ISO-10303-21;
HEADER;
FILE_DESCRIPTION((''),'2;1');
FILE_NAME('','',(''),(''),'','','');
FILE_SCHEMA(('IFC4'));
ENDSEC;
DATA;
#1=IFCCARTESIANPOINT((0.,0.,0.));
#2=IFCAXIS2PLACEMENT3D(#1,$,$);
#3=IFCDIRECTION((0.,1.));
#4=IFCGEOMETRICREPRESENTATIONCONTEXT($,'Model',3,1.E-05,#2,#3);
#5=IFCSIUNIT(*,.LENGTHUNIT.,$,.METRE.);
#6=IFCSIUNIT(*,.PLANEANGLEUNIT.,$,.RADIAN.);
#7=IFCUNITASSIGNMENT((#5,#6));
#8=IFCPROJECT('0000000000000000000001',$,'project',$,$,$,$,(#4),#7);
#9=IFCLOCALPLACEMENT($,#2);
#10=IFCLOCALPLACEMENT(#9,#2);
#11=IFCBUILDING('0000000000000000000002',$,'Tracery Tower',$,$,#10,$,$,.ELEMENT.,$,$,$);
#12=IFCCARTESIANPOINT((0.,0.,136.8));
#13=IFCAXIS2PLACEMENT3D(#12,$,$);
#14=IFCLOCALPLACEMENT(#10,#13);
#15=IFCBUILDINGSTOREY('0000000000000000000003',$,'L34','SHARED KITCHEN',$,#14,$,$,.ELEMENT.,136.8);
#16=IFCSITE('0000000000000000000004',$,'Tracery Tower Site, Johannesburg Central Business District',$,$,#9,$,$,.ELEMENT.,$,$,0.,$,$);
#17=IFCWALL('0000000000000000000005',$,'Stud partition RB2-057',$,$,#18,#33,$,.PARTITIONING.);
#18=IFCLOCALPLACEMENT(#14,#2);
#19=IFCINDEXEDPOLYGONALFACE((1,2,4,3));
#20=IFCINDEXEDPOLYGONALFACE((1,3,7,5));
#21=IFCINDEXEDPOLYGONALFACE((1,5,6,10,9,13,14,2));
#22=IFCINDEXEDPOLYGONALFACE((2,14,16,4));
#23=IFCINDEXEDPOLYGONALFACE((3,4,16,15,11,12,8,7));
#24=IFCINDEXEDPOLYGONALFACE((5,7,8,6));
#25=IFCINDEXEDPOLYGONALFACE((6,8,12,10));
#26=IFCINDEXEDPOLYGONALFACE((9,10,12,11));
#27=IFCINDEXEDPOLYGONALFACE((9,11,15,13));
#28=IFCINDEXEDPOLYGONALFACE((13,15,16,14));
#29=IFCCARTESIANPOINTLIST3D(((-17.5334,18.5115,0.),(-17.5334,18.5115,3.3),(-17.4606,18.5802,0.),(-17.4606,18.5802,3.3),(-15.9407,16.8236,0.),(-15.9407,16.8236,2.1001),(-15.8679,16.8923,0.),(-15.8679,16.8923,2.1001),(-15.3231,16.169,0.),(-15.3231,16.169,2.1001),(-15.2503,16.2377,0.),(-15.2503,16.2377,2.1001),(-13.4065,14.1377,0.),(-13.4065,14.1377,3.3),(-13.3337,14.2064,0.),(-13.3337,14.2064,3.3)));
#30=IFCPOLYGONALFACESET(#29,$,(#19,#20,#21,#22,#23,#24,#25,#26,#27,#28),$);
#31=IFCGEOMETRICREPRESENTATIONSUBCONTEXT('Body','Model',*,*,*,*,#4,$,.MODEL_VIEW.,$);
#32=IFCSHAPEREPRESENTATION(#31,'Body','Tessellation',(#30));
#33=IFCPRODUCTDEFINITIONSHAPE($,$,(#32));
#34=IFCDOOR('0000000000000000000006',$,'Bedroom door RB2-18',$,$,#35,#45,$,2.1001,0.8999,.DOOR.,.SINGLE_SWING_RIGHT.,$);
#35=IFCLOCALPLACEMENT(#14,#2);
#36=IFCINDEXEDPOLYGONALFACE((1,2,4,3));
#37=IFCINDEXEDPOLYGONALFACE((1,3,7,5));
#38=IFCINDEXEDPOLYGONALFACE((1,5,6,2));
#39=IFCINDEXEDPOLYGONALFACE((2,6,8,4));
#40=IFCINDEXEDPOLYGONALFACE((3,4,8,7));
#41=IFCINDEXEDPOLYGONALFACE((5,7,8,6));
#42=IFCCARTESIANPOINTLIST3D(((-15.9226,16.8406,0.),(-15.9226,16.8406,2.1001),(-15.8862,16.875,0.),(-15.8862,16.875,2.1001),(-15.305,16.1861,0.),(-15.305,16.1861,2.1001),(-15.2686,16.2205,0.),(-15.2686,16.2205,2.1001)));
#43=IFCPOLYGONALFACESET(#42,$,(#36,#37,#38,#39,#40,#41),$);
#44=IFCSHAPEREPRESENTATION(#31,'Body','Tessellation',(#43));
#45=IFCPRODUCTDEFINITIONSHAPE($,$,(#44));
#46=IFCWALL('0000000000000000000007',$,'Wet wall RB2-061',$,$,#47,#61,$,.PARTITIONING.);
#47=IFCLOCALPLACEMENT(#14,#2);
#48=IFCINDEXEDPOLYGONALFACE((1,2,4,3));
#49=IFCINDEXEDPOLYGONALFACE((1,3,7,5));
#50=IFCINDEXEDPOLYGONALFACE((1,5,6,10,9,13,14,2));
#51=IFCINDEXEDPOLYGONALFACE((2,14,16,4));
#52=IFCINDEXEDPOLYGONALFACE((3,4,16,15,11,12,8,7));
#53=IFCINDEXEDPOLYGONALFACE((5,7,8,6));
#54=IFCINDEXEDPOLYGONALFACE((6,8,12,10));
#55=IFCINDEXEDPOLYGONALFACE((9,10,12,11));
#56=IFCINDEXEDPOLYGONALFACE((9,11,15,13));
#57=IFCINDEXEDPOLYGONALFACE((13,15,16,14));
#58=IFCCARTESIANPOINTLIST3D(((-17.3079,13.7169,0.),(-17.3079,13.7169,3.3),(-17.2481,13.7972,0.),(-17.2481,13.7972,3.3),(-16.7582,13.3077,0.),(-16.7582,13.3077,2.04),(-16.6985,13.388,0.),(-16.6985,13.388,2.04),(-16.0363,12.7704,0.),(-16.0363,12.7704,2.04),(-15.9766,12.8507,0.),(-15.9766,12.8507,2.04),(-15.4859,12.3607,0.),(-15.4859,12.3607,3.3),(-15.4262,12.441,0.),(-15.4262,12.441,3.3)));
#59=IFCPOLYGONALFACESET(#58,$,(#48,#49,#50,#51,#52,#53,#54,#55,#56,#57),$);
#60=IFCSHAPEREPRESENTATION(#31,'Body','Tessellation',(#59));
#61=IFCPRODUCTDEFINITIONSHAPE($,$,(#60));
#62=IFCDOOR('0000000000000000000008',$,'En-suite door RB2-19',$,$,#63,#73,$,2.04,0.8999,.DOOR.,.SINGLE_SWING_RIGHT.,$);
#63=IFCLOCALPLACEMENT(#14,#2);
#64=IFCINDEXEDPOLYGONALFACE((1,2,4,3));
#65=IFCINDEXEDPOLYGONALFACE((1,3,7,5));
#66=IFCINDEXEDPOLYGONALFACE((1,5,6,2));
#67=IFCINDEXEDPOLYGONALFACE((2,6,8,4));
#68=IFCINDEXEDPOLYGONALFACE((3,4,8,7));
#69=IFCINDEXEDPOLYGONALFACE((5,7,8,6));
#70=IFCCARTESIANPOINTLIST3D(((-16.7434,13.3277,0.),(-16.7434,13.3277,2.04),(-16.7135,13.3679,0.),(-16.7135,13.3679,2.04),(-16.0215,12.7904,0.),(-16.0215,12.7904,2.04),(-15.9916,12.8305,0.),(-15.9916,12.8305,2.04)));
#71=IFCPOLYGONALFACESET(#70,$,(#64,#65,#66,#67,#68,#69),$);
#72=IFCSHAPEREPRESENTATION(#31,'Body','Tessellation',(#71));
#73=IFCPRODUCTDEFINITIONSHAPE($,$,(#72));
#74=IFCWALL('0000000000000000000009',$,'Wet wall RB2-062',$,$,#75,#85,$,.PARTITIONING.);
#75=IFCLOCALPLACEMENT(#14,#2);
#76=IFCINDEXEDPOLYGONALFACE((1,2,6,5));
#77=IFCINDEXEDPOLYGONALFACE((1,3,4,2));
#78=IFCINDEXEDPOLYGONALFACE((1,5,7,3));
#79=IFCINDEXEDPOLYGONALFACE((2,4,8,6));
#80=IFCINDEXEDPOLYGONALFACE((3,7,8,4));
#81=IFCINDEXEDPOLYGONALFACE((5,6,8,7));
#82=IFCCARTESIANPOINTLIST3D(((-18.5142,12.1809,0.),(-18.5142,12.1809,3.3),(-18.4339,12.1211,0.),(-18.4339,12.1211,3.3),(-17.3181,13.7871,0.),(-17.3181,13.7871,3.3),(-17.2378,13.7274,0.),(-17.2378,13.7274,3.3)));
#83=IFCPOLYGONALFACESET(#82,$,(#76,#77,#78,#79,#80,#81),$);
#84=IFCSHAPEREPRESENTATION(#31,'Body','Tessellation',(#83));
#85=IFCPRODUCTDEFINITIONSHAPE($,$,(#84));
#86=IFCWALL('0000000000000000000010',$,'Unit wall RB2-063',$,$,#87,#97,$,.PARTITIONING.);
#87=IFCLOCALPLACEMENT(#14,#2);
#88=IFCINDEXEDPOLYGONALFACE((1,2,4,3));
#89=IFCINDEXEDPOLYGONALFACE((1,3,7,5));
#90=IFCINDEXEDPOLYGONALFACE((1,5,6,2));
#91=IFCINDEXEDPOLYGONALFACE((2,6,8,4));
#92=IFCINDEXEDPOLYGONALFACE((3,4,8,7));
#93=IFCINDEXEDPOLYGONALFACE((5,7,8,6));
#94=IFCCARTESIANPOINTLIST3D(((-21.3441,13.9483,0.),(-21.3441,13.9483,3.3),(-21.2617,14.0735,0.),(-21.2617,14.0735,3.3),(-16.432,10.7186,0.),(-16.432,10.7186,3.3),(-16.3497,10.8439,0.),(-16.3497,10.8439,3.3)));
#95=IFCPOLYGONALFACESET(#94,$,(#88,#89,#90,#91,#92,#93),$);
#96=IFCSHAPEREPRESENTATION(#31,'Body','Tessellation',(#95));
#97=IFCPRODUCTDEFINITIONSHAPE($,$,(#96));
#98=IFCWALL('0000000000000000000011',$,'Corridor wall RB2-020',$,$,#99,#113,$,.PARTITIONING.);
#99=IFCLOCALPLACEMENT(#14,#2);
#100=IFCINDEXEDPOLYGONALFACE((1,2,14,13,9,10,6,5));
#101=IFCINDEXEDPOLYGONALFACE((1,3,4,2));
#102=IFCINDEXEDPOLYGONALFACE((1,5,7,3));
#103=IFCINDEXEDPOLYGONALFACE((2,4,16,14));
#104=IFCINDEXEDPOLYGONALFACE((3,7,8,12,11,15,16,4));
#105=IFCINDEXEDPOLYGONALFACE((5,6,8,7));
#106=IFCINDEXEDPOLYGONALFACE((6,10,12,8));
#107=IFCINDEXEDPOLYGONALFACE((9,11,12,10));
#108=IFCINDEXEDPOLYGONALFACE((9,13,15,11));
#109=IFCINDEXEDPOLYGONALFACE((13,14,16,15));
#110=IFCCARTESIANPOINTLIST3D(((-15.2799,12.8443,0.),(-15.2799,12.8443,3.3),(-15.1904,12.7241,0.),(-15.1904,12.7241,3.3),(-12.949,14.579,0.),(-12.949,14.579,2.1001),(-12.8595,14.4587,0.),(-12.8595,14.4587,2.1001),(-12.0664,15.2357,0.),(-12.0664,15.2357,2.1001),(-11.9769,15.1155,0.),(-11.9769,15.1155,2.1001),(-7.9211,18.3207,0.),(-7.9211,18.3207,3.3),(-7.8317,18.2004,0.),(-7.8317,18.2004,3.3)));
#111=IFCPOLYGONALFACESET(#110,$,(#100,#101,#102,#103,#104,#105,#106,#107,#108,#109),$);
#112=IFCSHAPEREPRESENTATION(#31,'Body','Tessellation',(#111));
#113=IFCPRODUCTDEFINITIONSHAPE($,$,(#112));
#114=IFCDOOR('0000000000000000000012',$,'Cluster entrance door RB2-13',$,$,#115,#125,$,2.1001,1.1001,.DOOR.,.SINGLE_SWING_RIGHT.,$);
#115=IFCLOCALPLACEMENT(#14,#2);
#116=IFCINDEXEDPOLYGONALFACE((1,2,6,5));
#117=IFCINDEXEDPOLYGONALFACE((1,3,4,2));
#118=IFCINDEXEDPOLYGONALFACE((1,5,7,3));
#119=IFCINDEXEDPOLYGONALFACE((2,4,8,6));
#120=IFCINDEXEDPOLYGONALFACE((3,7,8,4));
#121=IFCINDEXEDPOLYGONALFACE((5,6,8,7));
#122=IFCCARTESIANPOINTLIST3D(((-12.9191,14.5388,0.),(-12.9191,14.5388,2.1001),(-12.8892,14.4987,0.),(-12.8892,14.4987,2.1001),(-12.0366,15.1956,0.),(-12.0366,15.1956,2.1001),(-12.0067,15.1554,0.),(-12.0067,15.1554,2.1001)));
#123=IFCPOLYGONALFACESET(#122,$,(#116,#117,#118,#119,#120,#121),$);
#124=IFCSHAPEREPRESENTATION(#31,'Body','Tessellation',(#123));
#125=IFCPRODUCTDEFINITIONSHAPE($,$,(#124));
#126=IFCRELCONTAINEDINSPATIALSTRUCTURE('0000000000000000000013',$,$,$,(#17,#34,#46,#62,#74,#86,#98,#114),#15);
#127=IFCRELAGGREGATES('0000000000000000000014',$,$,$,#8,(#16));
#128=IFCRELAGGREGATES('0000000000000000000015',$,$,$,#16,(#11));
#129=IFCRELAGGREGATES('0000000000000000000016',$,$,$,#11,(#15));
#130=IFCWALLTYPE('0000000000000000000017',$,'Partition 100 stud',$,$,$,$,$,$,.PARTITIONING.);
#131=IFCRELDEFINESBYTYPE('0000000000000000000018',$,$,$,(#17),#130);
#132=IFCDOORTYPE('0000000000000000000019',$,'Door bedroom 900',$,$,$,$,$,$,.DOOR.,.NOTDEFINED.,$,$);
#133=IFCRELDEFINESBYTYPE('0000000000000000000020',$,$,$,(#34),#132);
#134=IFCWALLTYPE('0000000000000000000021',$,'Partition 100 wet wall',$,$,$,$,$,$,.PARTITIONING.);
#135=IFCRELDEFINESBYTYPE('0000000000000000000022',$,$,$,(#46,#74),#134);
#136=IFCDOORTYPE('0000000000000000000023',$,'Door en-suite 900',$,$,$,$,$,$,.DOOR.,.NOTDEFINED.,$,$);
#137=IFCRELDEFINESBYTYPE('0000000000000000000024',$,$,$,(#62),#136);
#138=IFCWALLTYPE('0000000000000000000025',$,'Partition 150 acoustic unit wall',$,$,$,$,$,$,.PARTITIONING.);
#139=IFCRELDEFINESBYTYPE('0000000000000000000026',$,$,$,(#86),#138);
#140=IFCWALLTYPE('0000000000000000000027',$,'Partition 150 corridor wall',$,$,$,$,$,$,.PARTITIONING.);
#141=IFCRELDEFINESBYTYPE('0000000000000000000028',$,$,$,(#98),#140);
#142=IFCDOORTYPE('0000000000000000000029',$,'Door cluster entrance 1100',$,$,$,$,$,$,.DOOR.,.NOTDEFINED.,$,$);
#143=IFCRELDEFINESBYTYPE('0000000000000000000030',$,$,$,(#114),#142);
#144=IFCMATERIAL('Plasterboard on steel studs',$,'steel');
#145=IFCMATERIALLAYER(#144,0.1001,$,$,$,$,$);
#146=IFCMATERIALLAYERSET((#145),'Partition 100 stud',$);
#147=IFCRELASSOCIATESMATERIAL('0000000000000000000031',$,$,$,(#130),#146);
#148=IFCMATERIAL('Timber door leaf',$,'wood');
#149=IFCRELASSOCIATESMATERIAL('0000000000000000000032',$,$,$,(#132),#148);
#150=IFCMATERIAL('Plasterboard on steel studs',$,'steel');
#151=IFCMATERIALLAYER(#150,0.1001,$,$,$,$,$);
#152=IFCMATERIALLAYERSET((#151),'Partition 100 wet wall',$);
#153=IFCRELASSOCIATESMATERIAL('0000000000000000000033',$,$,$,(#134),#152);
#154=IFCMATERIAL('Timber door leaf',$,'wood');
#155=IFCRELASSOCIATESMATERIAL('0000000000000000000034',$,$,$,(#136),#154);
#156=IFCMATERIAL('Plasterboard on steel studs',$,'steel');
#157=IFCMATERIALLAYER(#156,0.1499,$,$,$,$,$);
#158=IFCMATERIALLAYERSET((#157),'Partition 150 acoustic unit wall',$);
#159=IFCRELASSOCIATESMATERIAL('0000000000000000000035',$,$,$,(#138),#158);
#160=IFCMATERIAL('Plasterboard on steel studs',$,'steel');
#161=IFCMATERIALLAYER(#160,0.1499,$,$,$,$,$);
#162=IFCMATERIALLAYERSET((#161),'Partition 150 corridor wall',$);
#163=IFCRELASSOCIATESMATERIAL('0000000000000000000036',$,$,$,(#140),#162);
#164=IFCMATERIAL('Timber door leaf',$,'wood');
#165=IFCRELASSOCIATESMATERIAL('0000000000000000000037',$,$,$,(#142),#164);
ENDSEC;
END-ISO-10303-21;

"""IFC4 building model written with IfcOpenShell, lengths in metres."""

from ifc_helpers import new_model, si_unit, direction, frame, frame_2d, origin, place, context, subcontext, project, spatial, rectangle, extrude, material, layer, layer_set, type_object, element, fill, save


model = new_model("IFC4")

# Units and contexts
model_context = context("Model", 3, precision=1e-05, world=origin(), true_north=direction((0.0, 1.0)))
body_context = subcontext(model_context, "Body", "Model", "MODEL_VIEW")
ifc_project = project(units=[si_unit("LENGTHUNIT", "METRE"), si_unit("PLANEANGLEUNIT", "RADIAN")], contexts=[model_context])

# Site, building, storey
site_placement = place(None, origin())
site = spatial("IfcSite", under=ifc_project, at=site_placement, Name="Tracery Tower Site, Johannesburg Central Business District", CompositionType="ELEMENT", RefElevation=0.0)
building_placement = place(site_placement, origin())
building = spatial("IfcBuilding", under=site, at=building_placement, Name="Tracery Tower", CompositionType="ELEMENT")
storey_placement = place(building_placement, frame((0.0, 0.0, 136.8)))
storey = spatial("IfcBuildingStorey", under=building, at=storey_placement, Name="L34", Description="SHARED KITCHEN", CompositionType="ELEMENT", Elevation=136.8)

# Walls, openings, doors
ifc_material_1 = material(Name="Plasterboard on steel studs", Category="steel")
ifc_layer_1 = layer(ifc_material_1, 0.1001)
ifc_layer_set_1 = layer_set([ifc_layer_1], Name="Partition 100 stud")
wall_type_1 = type_object("IfcWallType", Name="Partition 100 stud", PredefinedType="PARTITIONING", material=ifc_layer_set_1)
wall_1_placement = place(storey_placement, frame((-17.4971, 18.5459, 0.0), z_axis=(0.0, 0.0, 1.0), x_axis=(0.686286, -0.727332, 0.0)))
wall_1 = element("IfcWall", 1, at=wall_1_placement, inside=storey, type_object=wall_type_1, Name="Stud partition RB2-057", PredefinedType="PARTITIONING", context=body_context, shape_type="SweptSolid", body=[
    extrude(rectangle(XDim=6.0134, YDim=0.1001, at=frame_2d((3.0068, 0.0))), origin(), (0.0, 0.0, 1.0), 3.3),
])
opening_1_placement = place(wall_1_placement, frame((2.3208, 0.0, 0.0)))
opening_1 = element("IfcOpeningElement", 2, at=opening_1_placement, cuts=wall_1, PredefinedType="OPENING", context=body_context, shape_type="SweptSolid", body=[
    extrude(rectangle(XDim=0.8999, YDim=2.1001, at=frame_2d((0.45, 1.05))), frame((0.0, 0.05, 0.0), z_axis=(0.0, -1.0, 0.0), x_axis=(1.0, 0.0, 0.0)), (0.0, 0.0, 1.0), 0.1001),
])
ifc_material_2 = material(Name="Timber door leaf", Category="wood")
door_type_1 = type_object("IfcDoorType", Name="Door bedroom 900", OperationType="NOTDEFINED", PredefinedType="DOOR", material=ifc_material_2)
door_1_placement = place(opening_1_placement, origin())
door_1 = element("IfcDoor", 3, at=door_1_placement, inside=storey, type_object=door_type_1, Name="Bedroom door RB2-18", OperationType="SINGLE_SWING_RIGHT", OverallHeight=2.1001, OverallWidth=0.8999, PredefinedType="DOOR", context=body_context, shape_type="SweptSolid", body=[
    extrude(rectangle(XDim=0.8999, YDim=2.1001, at=frame_2d((0.45, 1.05))), frame((0.0, 0.0249, 0.0), z_axis=(0.0, -1.0, 0.0), x_axis=(1.0, 0.0, 0.0)), (0.0, 0.0, 1.0), 0.05),
])
fill(opening_1, door_1)
ifc_material_3 = material(Name="Plasterboard on steel studs", Category="steel")
ifc_layer_2 = layer(ifc_material_3, 0.1001)
ifc_layer_set_2 = layer_set([ifc_layer_2], Name="Partition 100 wet wall")
wall_type_2 = type_object("IfcWallType", Name="Partition 100 wet wall", PredefinedType="PARTITIONING", material=ifc_layer_set_2)
wall_2_placement = place(storey_placement, frame((-17.2781, 13.7571, 0.0), z_axis=(0.0, 0.0, 1.0), x_axis=(0.802175, -0.59709, 0.0)))
wall_2 = element("IfcWall", 4, at=wall_2_placement, inside=storey, type_object=wall_type_2, Name="Wet wall RB2-061", PredefinedType="PARTITIONING", context=body_context, shape_type="SweptSolid", body=[
    extrude(rectangle(XDim=2.2712, YDim=0.1001, at=frame_2d((1.1357, 0.0))), origin(), (0.0, 0.0, 1.0), 3.3),
])
opening_2_placement = place(wall_2_placement, frame((0.6853, 0.0, 0.0)))
opening_2 = element("IfcOpeningElement", 5, at=opening_2_placement, cuts=wall_2, PredefinedType="OPENING", context=body_context, shape_type="SweptSolid", body=[
    extrude(rectangle(XDim=0.8999, YDim=2.04, at=frame_2d((0.45, 1.02))), frame((0.0, 0.05, 0.0), z_axis=(0.0, -1.0, 0.0), x_axis=(1.0, 0.0, 0.0)), (0.0, 0.0, 1.0), 0.1001),
])
ifc_material_4 = material(Name="Timber door leaf", Category="wood")
door_type_2 = type_object("IfcDoorType", Name="Door en-suite 900", OperationType="NOTDEFINED", PredefinedType="DOOR", material=ifc_material_4)
door_2_placement = place(opening_2_placement, origin())
door_2 = element("IfcDoor", 6, at=door_2_placement, inside=storey, type_object=door_type_2, Name="En-suite door RB2-19", OperationType="SINGLE_SWING_RIGHT", OverallHeight=2.04, OverallWidth=0.8999, PredefinedType="DOOR", context=body_context, shape_type="SweptSolid", body=[
    extrude(rectangle(XDim=0.8999, YDim=2.04, at=frame_2d((0.45, 1.02))), frame((0.0, 0.0249, 0.0), z_axis=(0.0, -1.0, 0.0), x_axis=(1.0, 0.0, 0.0)), (0.0, 0.0, 1.0), 0.05),
])
fill(opening_2, door_2)

# Walls
wall_3_placement = place(storey_placement, frame((-18.4741, 12.1509, 0.0), z_axis=(0.0, 0.0, 1.0), x_axis=(0.597246, 0.802058, 0.0)))
element("IfcWall", 7, at=wall_3_placement, inside=storey, type_object=wall_type_2, Name="Wet wall RB2-062", PredefinedType="PARTITIONING", context=body_context, shape_type="SweptSolid", body=[
    extrude(rectangle(XDim=2.0027, YDim=0.1001, at=frame_2d((1.0015, 0.0))), origin(), (0.0, 0.0, 1.0), 3.3),
])
ifc_material_5 = material(Name="Plasterboard on steel studs", Category="steel")
ifc_layer_3 = layer(ifc_material_5, 0.1499)
ifc_layer_set_3 = layer_set([ifc_layer_3], Name="Partition 150 acoustic unit wall")
wall_type_3 = type_object("IfcWallType", Name="Partition 150 acoustic unit wall", PredefinedType="PARTITIONING", material=ifc_layer_set_3)
wall_4_placement = place(storey_placement, frame((-21.303, 14.011, 0.0), z_axis=(0.0, 0.0, 1.0), x_axis=(0.835567, -0.549389, 0.0)))
element("IfcWall", 8, at=wall_4_placement, inside=storey, type_object=wall_type_3, Name="Unit wall RB2-063", PredefinedType="PARTITIONING", context=body_context, shape_type="SweptSolid", body=[
    extrude(rectangle(XDim=5.8787, YDim=0.1499, at=frame_2d((2.9395, 0.0))), origin(), (0.0, 0.0, 1.0), 3.3),
])

# Wall, opening, door
ifc_material_6 = material(Name="Plasterboard on steel studs", Category="steel")
ifc_layer_4 = layer(ifc_material_6, 0.1499)
ifc_layer_set_4 = layer_set([ifc_layer_4], Name="Partition 150 corridor wall")
wall_type_4 = type_object("IfcWallType", Name="Partition 150 corridor wall", PredefinedType="PARTITIONING", material=ifc_layer_set_4)
wall_5_placement = place(storey_placement, frame((-15.2351, 12.7842, 0.0), z_axis=(0.0, 0.0, 1.0), x_axis=(0.802227, 0.597019, 0.0)))
wall_5 = element("IfcWall", 9, at=wall_5_placement, inside=storey, type_object=wall_type_4, Name="Corridor wall RB2-020", PredefinedType="PARTITIONING", context=body_context, shape_type="SweptSolid", body=[
    extrude(rectangle(XDim=9.1729, YDim=0.1499, at=frame_2d((4.5864, 0.0))), origin(), (0.0, 0.0, 1.0), 3.3),
])
opening_3_placement = place(wall_5_placement, frame((2.9055, 0.0, 0.0)))
opening_3 = element("IfcOpeningElement", 10, at=opening_3_placement, cuts=wall_5, PredefinedType="OPENING", context=body_context, shape_type="SweptSolid", body=[
    extrude(rectangle(XDim=1.1001, YDim=2.1001, at=frame_2d((0.55, 1.05))), frame((0.0, 0.075, 0.0), z_axis=(0.0, -1.0, 0.0), x_axis=(1.0, 0.0, 0.0)), (0.0, 0.0, 1.0), 0.1499),
])
ifc_material_7 = material(Name="Timber door leaf", Category="wood")
door_type_3 = type_object("IfcDoorType", Name="Door cluster entrance 1100", OperationType="NOTDEFINED", PredefinedType="DOOR", material=ifc_material_7)
door_3_placement = place(opening_3_placement, origin())
door_3 = element("IfcDoor", 11, at=door_3_placement, inside=storey, type_object=door_type_3, Name="Cluster entrance door RB2-13", OperationType="SINGLE_SWING_RIGHT", OverallHeight=2.1001, OverallWidth=1.1001, PredefinedType="DOOR", context=body_context, shape_type="SweptSolid", body=[
    extrude(rectangle(XDim=1.1001, YDim=2.1001, at=frame_2d((0.55, 1.05))), frame((0.0, 0.0249, 0.0), z_axis=(0.0, -1.0, 0.0), x_axis=(1.0, 0.0, 0.0)), (0.0, 0.0, 1.0), 0.05),
])
fill(opening_3, door_3)

save(model, "model.ifc")
